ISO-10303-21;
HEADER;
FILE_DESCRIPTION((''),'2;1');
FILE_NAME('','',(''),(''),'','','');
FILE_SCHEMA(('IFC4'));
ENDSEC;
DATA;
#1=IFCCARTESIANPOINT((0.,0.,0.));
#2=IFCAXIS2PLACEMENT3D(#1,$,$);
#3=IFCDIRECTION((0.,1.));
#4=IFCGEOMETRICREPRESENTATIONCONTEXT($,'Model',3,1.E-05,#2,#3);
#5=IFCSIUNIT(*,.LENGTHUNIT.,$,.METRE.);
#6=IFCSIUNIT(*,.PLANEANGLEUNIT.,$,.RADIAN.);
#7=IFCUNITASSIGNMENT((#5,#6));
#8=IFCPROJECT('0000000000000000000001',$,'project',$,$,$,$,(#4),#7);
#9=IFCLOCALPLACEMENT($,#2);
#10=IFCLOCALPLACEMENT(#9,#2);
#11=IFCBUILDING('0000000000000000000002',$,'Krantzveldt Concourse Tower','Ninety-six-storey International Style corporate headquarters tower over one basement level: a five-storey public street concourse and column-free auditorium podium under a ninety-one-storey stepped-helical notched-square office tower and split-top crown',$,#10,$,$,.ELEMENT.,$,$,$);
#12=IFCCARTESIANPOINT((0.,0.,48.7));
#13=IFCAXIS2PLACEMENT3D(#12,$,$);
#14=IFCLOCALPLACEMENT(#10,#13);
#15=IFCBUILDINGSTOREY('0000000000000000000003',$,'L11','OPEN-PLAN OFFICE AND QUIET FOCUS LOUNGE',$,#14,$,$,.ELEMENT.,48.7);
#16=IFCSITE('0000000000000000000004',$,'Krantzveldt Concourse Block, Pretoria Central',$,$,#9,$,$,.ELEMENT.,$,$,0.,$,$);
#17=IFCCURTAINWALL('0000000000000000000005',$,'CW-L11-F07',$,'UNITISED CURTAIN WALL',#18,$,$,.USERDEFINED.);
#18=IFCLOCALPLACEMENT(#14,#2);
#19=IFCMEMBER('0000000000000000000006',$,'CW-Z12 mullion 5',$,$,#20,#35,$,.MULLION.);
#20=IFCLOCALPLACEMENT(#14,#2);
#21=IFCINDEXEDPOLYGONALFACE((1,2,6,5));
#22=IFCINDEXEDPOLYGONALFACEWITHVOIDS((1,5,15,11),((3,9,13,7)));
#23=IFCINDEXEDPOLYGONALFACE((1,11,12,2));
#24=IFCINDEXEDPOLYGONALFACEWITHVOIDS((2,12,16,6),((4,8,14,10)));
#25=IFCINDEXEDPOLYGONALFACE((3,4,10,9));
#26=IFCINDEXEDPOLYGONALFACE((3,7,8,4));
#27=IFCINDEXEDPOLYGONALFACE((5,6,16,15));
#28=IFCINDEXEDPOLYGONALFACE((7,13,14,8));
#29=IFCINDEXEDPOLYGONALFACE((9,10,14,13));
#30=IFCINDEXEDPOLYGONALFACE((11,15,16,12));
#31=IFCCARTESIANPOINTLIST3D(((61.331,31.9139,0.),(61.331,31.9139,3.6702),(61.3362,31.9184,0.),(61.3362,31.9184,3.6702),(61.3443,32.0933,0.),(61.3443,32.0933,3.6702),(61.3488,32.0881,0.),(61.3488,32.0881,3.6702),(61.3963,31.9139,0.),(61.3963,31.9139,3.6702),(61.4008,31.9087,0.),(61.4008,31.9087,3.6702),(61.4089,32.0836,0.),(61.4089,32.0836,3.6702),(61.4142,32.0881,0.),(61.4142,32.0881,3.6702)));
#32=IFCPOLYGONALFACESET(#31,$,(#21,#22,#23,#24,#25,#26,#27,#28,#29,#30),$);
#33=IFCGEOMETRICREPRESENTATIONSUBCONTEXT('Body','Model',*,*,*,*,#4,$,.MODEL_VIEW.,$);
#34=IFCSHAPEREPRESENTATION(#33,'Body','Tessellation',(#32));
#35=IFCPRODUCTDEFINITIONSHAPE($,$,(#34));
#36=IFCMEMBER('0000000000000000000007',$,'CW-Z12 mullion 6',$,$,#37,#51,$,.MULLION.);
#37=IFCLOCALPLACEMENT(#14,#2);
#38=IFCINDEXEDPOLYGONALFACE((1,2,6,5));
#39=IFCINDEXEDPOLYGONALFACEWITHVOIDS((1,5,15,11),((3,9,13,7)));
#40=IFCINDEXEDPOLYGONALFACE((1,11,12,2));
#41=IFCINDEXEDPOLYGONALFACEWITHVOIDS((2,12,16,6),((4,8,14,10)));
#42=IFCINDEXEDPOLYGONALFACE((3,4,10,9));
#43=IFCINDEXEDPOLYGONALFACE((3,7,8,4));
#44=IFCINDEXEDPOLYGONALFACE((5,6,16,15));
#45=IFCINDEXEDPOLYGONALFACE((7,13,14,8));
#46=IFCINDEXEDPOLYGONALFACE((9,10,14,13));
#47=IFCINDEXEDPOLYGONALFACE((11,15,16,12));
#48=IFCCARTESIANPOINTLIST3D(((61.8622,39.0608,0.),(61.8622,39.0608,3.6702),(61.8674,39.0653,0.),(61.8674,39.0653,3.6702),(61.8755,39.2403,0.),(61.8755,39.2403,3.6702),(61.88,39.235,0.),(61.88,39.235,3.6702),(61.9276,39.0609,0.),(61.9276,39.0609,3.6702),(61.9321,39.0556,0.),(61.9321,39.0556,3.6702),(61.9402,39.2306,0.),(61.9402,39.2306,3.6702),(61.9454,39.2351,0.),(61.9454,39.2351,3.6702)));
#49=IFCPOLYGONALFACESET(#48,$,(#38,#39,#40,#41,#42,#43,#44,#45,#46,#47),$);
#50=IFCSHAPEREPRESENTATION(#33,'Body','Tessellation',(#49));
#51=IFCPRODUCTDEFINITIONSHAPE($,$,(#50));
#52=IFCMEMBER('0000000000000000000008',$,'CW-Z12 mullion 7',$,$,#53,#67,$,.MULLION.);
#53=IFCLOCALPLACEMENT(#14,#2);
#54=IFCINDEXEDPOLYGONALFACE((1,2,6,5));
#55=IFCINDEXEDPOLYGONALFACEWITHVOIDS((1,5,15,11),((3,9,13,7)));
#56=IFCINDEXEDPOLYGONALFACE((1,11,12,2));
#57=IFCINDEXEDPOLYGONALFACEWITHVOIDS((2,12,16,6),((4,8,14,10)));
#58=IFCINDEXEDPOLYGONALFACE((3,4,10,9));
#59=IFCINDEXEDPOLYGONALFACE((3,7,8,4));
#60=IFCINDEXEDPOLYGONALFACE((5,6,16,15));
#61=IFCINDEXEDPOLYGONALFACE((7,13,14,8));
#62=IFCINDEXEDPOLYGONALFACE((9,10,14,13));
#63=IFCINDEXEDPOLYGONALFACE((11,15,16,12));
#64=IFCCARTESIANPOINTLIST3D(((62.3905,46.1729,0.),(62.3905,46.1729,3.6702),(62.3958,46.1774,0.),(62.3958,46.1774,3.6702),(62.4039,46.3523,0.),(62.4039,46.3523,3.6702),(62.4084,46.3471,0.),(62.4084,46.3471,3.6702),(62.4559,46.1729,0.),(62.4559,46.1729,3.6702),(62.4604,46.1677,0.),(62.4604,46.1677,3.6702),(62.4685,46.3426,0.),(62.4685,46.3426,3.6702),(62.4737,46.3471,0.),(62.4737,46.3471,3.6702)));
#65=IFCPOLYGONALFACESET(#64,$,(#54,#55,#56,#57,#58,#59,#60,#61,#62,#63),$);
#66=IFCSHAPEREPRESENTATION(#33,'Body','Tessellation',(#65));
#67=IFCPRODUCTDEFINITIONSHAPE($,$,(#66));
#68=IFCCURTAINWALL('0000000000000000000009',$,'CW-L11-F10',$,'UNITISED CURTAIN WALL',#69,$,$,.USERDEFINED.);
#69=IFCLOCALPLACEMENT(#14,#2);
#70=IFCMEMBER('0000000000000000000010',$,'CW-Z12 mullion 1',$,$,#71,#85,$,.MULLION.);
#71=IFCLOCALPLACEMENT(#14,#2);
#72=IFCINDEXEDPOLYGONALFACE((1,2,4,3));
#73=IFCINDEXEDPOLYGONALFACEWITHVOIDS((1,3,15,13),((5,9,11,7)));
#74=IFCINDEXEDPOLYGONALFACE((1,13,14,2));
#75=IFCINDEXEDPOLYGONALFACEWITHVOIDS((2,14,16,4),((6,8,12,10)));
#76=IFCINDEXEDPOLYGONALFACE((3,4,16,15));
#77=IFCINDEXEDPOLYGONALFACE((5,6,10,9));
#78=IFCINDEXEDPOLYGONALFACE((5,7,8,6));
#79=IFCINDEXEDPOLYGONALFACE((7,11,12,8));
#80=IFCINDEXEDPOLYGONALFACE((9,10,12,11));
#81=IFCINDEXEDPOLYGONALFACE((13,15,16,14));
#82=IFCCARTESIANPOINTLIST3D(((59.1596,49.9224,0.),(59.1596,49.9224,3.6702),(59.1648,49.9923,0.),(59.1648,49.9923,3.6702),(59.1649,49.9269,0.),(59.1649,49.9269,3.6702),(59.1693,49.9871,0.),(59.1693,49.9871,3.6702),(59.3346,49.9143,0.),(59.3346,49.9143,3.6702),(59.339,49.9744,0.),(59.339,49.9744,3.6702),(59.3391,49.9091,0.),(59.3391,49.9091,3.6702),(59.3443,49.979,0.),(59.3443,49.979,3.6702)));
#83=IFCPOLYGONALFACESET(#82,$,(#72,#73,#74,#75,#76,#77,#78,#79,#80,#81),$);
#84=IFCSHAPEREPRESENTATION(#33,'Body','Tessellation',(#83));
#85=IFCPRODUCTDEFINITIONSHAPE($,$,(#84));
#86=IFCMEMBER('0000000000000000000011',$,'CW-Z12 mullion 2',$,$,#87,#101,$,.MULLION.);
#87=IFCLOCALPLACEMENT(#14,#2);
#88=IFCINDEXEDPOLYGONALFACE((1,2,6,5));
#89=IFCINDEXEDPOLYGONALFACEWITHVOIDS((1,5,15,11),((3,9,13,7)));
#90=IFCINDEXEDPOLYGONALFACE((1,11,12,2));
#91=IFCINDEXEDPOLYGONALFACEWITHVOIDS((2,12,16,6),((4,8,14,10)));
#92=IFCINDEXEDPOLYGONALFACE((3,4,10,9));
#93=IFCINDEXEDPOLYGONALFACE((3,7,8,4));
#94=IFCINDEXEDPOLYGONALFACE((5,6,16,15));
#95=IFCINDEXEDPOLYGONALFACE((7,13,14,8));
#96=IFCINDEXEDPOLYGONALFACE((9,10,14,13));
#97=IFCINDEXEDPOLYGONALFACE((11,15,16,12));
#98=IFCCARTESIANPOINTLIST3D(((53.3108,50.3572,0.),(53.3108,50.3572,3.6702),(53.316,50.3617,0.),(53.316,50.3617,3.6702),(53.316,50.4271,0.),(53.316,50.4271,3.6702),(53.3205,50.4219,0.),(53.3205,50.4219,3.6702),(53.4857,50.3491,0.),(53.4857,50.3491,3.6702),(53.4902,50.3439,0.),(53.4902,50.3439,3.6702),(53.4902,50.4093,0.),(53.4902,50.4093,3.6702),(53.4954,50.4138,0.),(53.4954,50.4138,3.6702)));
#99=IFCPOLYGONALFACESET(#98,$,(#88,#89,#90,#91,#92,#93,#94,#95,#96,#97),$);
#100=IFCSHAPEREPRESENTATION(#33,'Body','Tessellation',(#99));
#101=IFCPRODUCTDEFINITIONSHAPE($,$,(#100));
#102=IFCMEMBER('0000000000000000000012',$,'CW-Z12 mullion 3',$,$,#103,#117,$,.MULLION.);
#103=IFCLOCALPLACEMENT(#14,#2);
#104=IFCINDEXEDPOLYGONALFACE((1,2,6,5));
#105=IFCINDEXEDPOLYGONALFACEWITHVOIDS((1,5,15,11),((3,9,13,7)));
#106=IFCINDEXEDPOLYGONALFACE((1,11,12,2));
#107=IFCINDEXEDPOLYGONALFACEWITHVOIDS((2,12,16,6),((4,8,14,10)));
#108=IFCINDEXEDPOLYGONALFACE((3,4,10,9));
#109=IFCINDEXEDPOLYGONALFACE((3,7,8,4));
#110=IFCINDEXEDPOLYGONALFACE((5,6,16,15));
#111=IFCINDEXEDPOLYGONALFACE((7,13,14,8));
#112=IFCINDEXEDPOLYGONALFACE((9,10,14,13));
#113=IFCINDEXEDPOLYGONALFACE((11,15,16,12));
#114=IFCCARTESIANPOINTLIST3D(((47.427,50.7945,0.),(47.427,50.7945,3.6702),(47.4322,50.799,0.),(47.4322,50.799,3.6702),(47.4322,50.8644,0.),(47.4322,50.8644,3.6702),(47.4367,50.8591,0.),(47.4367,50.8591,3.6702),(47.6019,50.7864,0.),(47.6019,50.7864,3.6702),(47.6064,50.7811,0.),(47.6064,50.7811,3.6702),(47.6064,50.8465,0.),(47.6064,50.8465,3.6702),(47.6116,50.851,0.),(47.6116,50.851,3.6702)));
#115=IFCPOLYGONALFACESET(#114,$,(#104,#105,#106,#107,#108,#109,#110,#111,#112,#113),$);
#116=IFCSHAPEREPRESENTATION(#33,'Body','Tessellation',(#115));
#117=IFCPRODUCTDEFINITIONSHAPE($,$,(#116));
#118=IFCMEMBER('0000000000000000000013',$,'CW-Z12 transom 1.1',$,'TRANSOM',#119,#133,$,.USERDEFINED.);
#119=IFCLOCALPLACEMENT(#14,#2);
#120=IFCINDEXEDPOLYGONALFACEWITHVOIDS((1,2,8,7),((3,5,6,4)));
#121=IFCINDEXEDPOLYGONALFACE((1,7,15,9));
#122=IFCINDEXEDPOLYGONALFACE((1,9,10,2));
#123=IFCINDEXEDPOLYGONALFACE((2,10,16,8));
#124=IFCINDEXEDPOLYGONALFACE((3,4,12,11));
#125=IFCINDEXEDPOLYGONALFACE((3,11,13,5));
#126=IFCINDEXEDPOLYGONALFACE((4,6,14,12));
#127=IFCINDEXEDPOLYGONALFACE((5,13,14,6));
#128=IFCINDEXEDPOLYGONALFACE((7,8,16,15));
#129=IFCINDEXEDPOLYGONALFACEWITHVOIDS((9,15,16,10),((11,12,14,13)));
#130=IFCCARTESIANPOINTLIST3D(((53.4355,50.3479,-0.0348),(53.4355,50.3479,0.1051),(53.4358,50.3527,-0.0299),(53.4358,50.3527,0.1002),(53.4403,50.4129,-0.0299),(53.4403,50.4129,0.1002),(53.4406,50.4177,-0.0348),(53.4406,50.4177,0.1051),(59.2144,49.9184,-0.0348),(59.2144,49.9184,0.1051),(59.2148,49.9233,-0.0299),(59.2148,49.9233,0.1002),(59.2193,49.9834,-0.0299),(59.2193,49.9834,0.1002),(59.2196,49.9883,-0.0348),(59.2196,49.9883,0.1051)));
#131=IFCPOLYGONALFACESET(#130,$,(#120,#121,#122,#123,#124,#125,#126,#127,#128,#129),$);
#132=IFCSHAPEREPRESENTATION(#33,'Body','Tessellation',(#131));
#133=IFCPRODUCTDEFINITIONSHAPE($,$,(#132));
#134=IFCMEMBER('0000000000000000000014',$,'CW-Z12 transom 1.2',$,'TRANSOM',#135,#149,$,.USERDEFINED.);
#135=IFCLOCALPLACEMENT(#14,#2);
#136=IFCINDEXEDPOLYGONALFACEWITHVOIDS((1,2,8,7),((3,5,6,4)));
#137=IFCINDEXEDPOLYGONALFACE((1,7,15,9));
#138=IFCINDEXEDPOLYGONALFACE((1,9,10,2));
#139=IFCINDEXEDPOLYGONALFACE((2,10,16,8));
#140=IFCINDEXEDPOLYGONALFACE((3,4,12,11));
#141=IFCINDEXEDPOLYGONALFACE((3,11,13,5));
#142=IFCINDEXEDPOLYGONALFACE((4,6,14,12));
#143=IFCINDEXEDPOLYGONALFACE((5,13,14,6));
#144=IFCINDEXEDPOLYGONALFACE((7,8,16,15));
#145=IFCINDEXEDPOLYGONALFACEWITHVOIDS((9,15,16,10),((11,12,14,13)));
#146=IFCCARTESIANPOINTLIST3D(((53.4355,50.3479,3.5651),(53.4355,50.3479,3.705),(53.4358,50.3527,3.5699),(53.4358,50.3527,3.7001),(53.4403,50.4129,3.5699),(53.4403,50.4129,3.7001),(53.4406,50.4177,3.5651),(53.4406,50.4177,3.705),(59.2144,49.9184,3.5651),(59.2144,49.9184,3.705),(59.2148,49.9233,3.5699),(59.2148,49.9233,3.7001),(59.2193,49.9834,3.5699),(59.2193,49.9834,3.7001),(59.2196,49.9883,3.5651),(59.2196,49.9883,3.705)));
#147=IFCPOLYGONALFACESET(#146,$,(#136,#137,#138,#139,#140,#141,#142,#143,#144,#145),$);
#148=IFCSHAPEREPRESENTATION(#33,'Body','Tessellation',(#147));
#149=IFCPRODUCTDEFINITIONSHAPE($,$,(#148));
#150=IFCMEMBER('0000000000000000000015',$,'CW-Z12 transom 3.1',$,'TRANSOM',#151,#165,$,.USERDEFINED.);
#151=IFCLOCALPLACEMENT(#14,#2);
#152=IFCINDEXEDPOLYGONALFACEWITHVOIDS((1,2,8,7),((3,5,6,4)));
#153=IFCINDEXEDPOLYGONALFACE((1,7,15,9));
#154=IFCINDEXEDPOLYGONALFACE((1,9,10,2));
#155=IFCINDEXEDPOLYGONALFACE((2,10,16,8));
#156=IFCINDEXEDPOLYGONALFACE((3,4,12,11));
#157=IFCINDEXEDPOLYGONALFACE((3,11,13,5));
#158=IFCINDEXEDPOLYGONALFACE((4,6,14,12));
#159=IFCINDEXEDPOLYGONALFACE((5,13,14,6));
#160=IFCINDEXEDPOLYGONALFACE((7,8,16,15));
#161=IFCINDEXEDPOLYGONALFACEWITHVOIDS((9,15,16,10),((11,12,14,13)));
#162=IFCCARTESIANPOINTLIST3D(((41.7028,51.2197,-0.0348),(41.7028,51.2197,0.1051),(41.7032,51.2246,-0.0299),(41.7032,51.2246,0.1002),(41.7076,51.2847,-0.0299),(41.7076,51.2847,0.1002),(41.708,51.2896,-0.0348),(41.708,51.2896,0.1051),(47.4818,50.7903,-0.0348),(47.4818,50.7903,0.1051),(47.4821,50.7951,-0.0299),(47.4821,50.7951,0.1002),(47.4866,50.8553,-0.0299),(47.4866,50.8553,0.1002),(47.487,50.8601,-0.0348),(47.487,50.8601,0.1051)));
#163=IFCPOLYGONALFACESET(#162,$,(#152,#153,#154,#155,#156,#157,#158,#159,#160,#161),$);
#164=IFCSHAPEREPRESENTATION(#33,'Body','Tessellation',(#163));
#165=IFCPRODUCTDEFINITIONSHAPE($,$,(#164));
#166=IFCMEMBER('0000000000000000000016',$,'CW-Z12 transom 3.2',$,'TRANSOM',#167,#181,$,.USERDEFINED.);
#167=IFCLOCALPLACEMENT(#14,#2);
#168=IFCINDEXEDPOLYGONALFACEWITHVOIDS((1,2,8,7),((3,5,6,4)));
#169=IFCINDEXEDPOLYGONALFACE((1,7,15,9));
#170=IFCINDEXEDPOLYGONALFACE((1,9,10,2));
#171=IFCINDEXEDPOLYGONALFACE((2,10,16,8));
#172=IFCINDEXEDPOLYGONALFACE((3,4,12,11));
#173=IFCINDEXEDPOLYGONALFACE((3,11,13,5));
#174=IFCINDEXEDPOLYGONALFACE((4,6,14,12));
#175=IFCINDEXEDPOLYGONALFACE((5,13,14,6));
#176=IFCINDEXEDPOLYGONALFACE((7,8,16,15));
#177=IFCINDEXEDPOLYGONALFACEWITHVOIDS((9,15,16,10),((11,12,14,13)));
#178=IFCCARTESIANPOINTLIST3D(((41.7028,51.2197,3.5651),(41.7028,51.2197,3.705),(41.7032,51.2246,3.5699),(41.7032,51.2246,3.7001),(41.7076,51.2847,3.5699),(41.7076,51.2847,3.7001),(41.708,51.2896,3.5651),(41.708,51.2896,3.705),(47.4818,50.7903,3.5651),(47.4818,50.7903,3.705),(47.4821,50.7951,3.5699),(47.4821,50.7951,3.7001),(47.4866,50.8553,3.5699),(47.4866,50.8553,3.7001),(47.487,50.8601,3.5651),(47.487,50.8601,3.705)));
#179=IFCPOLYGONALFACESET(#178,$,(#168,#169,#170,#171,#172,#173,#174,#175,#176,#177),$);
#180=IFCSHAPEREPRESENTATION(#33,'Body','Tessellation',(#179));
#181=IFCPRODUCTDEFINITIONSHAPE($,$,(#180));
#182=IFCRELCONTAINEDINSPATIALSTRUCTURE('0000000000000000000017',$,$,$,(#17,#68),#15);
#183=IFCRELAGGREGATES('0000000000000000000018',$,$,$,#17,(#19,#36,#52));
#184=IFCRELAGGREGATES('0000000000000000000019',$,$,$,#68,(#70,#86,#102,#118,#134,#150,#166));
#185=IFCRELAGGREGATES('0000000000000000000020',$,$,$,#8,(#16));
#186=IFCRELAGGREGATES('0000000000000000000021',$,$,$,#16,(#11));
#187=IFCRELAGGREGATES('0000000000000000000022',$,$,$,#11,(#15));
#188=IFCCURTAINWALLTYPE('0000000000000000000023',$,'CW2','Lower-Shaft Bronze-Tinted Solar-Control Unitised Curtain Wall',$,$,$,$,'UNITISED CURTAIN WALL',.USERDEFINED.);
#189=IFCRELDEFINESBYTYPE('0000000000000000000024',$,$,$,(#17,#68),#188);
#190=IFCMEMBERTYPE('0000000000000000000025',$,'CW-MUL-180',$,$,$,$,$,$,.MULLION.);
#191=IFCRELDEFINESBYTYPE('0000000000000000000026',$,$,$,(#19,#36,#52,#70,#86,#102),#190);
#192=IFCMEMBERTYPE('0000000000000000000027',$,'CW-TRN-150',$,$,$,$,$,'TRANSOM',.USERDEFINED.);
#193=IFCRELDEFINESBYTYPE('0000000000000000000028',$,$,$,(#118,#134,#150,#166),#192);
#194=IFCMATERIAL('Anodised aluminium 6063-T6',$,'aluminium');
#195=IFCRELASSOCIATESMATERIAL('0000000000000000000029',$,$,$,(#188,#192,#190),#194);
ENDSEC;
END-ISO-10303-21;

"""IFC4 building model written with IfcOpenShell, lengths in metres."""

from ifc_helpers import new_model, si_unit, direction, frame, origin, origin_2d, place, context, subcontext, project, spatial, hollow_rectangle, extrude, source, transform, mapped, material, material_profile, profile_set, type_object, type_shapes, element, aggregate, save


model = new_model("IFC4")

# Units and contexts
model_context = context("Model", 3, precision=1e-05, world=origin(), true_north=direction((0.0, 1.0)))
body_context = subcontext(model_context, "Body", "Model", "MODEL_VIEW")
ifc_project = project(units=[si_unit("LENGTHUNIT", "METRE"), si_unit("PLANEANGLEUNIT", "RADIAN")], contexts=[model_context])

# Site, building, storey
site_placement = place(None, origin())
site = spatial("IfcSite", under=ifc_project, at=site_placement, Name="Krantzveldt Concourse Block, Pretoria Central", CompositionType="ELEMENT", RefElevation=0.0)
building_placement = place(site_placement, origin())
building = spatial("IfcBuilding", under=site, at=building_placement, Name="Krantzveldt Concourse Tower", Description="Ninety-six-storey International Style corporate headquarters tower over one basement level: a five-storey public street concourse and column-free auditorium podium under a ninety-one-storey stepped-helical notched-square office tower and split-top crown", CompositionType="ELEMENT")
storey_placement = place(building_placement, frame((0.0, 0.0, 48.7)))
storey = spatial("IfcBuildingStorey", under=building, at=storey_placement, Name="L11", Description="OPEN-PLAN OFFICE AND QUIET FOCUS LOUNGE", CompositionType="ELEMENT", Elevation=48.7)

# Curtain walls, members
ifc_material_1 = material(Name="Anodised aluminium 6063-T6", Category="aluminium")
curtain_wall_type = type_object("IfcCurtainWallType", Name="CW2", Description="Lower-Shaft Bronze-Tinted Solar-Control Unitised Curtain Wall", ElementType="UNITISED CURTAIN WALL", PredefinedType="USERDEFINED", material=ifc_material_1)
curtain_wall_1_placement = place(storey_placement, origin())
curtain_wall_1 = element("IfcCurtainWall", 1, at=curtain_wall_1_placement, inside=storey, type_object=curtain_wall_type, Name="CW-L11-F07", ObjectType="UNITISED CURTAIN WALL", PredefinedType="USERDEFINED")
ifc_material_profile_1 = material_profile(ifc_material_1, hollow_rectangle(XDim=0.0701, YDim=0.1399, WallThickness=0.0049, at=origin_2d()), Name="Anodised aluminium 6063-T6", Category="aluminium")
ifc_profile_set_1 = profile_set([ifc_material_profile_1], Name="Anodised aluminium 6063-T6 - ALU-TRAN 140x70x5")
member_type_1 = type_object("IfcMemberType", Name="CW-TRN-150", ElementType="TRANSOM", PredefinedType="USERDEFINED", material=ifc_profile_set_1)
ifc_material_profile_2 = material_profile(ifc_material_1, hollow_rectangle(XDim=0.0701, YDim=0.1799, WallThickness=0.0049, at=origin_2d()), Name="Anodised aluminium 6063-T6", Category="aluminium")
ifc_profile_set_2 = profile_set([ifc_material_profile_2], Name="Anodised aluminium 6063-T6 - ALU-MULL 180x70x5")
member_type_2 = type_object("IfcMemberType", Name="CW-MUL-180", PredefinedType="MULLION", material=ifc_profile_set_2)
shared_shape_1 = source(origin(), body_context, "Body", "SweptSolid", [
    extrude(hollow_rectangle(XDim=0.0701, YDim=0.1799, WallThickness=0.0049, at=origin_2d()), origin(), (0.0, 0.0, 1.0), 3.6702),
])
type_shapes(member_type_2, [shared_shape_1])
member_1_placement = place(storey_placement, frame((61.3726, 32.001, 0.0), z_axis=(0.0, 0.0, 1.0), x_axis=(-0.99725, 0.074109, 0.0)))
member_1 = element("IfcMember", 2, at=member_1_placement, type_object=member_type_2, Name="CW-Z12 mullion 5", PredefinedType="MULLION", context=body_context, shape_type="MappedRepresentation", body=[
    mapped(shared_shape_1, transform((0.0, 0.0, 0.0), x_axis=(1.0, 0.0, 0.0), y_axis=(0.0, 1.0, 0.0), z_axis=(0.0, 0.0, 1.0), scale=1.0)),
])
member_2_placement = place(storey_placement, frame((61.9038, 39.1479, 0.0), z_axis=(0.0, 0.0, 1.0), x_axis=(-0.99725, 0.074109, 0.0)))
member_2 = element("IfcMember", 3, at=member_2_placement, type_object=member_type_2, Name="CW-Z12 mullion 6", PredefinedType="MULLION", context=body_context, shape_type="MappedRepresentation", body=[
    mapped(shared_shape_1, transform((0.0, 0.0, 0.0), x_axis=(1.0, 0.0, 0.0), y_axis=(0.0, 1.0, 0.0), z_axis=(0.0, 0.0, 1.0), scale=1.0)),
])
member_3_placement = place(storey_placement, frame((62.4321, 46.26, 0.0), z_axis=(0.0, 0.0, 1.0), x_axis=(-0.99725, 0.074109, 0.0)))
member_3 = element("IfcMember", 4, at=member_3_placement, type_object=member_type_2, Name="CW-Z12 mullion 7", PredefinedType="MULLION", context=body_context, shape_type="MappedRepresentation", body=[
    mapped(shared_shape_1, transform((0.0, 0.0, 0.0), x_axis=(1.0, 0.0, 0.0), y_axis=(0.0, 1.0, 0.0), z_axis=(0.0, 0.0, 1.0), scale=1.0)),
])
curtain_wall_2_placement = place(storey_placement, origin())
curtain_wall_2 = element("IfcCurtainWall", 5, at=curtain_wall_2_placement, inside=storey, type_object=curtain_wall_type, Name="CW-L11-F10", ObjectType="UNITISED CURTAIN WALL", PredefinedType="USERDEFINED")
member_4_placement = place(storey_placement, frame((59.252, 49.9507, 0.0), z_axis=(0.0, 0.0, 1.0), x_axis=(-0.074108, -0.99725, 0.0)))
member_4 = element("IfcMember", 6, at=member_4_placement, type_object=member_type_2, Name="CW-Z12 mullion 1", PredefinedType="MULLION", context=body_context, shape_type="MappedRepresentation", body=[
    mapped(shared_shape_1, transform((0.0, 0.0, 0.0), x_axis=(1.0, 0.0, 0.0), y_axis=(0.0, 1.0, 0.0), z_axis=(0.0, 0.0, 1.0), scale=1.0)),
])
member_5_placement = place(storey_placement, frame((53.4031, 50.3855, 0.0), z_axis=(0.0, 0.0, 1.0), x_axis=(-0.074108, -0.99725, 0.0)))
member_5 = element("IfcMember", 7, at=member_5_placement, type_object=member_type_2, Name="CW-Z12 mullion 2", PredefinedType="MULLION", context=body_context, shape_type="MappedRepresentation", body=[
    mapped(shared_shape_1, transform((0.0, 0.0, 0.0), x_axis=(1.0, 0.0, 0.0), y_axis=(0.0, 1.0, 0.0), z_axis=(0.0, 0.0, 1.0), scale=1.0)),
])
member_6_placement = place(storey_placement, frame((47.5193, 50.8228, 0.0), z_axis=(0.0, 0.0, 1.0), x_axis=(-0.074108, -0.99725, 0.0)))
member_6 = element("IfcMember", 8, at=member_6_placement, type_object=member_type_2, Name="CW-Z12 mullion 3", PredefinedType="MULLION", context=body_context, shape_type="MappedRepresentation", body=[
    mapped(shared_shape_1, transform((0.0, 0.0, 0.0), x_axis=(1.0, 0.0, 0.0), y_axis=(0.0, 1.0, 0.0), z_axis=(0.0, 0.0, 1.0), scale=1.0)),
])
shared_shape_2 = source(origin(), body_context, "Body", "SweptSolid", [
    extrude(hollow_rectangle(XDim=0.0701, YDim=0.1399, WallThickness=0.0049, at=origin_2d()), origin(), (0.0, 0.0, 1.0), 5.7949),
])
member_7_placement = place(storey_placement, frame((59.217, 49.9534, 0.0352), z_axis=(-0.99725, 0.074106, 0.0), x_axis=(-0.074106, -0.99725, 0.0)))
member_7 = element("IfcMember", 9, at=member_7_placement, type_object=member_type_1, Name="CW-Z12 transom 1.1", ObjectType="TRANSOM", PredefinedType="USERDEFINED", context=body_context, shape_type="MappedRepresentation", body=[
    mapped(shared_shape_2, transform((0.0, 0.0, 0.0), x_axis=(1.0, 0.0, 0.0), y_axis=(0.0, 1.0, 0.0), z_axis=(0.0, 0.0, 1.0), scale=1.0)),
])
member_8_placement = place(storey_placement, frame((59.217, 49.9534, 3.635), z_axis=(-0.99725, 0.074106, 0.0), x_axis=(-0.074106, -0.99725, 0.0)))
member_8 = element("IfcMember", 10, at=member_8_placement, type_object=member_type_1, Name="CW-Z12 transom 1.2", ObjectType="TRANSOM", PredefinedType="USERDEFINED", context=body_context, shape_type="MappedRepresentation", body=[
    mapped(shared_shape_2, transform((0.0, 0.0, 0.0), x_axis=(1.0, 0.0, 0.0), y_axis=(0.0, 1.0, 0.0), z_axis=(0.0, 0.0, 1.0), scale=1.0)),
])
member_9_placement = place(storey_placement, frame((47.4844, 50.8252, 0.0352), z_axis=(-0.99725, 0.074106, 0.0), x_axis=(-0.074106, -0.99725, 0.0)))
member_9 = element("IfcMember", 11, at=member_9_placement, type_object=member_type_1, Name="CW-Z12 transom 3.1", ObjectType="TRANSOM", PredefinedType="USERDEFINED", context=body_context, shape_type="MappedRepresentation", body=[
    mapped(shared_shape_2, transform((0.0, 0.0, 0.0), x_axis=(1.0, 0.0, 0.0), y_axis=(0.0, 1.0, 0.0), z_axis=(0.0, 0.0, 1.0), scale=1.0)),
])
member_10_placement = place(storey_placement, frame((47.4844, 50.8252, 3.635), z_axis=(-0.99725, 0.074106, 0.0), x_axis=(-0.074106, -0.99725, 0.0)))
member_10 = element("IfcMember", 12, at=member_10_placement, type_object=member_type_1, Name="CW-Z12 transom 3.2", ObjectType="TRANSOM", PredefinedType="USERDEFINED", context=body_context, shape_type="MappedRepresentation", body=[
    mapped(shared_shape_2, transform((0.0, 0.0, 0.0), x_axis=(1.0, 0.0, 0.0), y_axis=(0.0, 1.0, 0.0), z_axis=(0.0, 0.0, 1.0), scale=1.0)),
])

aggregate(curtain_wall_1, [member_1, member_2, member_3])
aggregate(curtain_wall_2, [member_4, member_5, member_6, member_7, member_8, member_9, member_10])

save(model, "model.ifc")
